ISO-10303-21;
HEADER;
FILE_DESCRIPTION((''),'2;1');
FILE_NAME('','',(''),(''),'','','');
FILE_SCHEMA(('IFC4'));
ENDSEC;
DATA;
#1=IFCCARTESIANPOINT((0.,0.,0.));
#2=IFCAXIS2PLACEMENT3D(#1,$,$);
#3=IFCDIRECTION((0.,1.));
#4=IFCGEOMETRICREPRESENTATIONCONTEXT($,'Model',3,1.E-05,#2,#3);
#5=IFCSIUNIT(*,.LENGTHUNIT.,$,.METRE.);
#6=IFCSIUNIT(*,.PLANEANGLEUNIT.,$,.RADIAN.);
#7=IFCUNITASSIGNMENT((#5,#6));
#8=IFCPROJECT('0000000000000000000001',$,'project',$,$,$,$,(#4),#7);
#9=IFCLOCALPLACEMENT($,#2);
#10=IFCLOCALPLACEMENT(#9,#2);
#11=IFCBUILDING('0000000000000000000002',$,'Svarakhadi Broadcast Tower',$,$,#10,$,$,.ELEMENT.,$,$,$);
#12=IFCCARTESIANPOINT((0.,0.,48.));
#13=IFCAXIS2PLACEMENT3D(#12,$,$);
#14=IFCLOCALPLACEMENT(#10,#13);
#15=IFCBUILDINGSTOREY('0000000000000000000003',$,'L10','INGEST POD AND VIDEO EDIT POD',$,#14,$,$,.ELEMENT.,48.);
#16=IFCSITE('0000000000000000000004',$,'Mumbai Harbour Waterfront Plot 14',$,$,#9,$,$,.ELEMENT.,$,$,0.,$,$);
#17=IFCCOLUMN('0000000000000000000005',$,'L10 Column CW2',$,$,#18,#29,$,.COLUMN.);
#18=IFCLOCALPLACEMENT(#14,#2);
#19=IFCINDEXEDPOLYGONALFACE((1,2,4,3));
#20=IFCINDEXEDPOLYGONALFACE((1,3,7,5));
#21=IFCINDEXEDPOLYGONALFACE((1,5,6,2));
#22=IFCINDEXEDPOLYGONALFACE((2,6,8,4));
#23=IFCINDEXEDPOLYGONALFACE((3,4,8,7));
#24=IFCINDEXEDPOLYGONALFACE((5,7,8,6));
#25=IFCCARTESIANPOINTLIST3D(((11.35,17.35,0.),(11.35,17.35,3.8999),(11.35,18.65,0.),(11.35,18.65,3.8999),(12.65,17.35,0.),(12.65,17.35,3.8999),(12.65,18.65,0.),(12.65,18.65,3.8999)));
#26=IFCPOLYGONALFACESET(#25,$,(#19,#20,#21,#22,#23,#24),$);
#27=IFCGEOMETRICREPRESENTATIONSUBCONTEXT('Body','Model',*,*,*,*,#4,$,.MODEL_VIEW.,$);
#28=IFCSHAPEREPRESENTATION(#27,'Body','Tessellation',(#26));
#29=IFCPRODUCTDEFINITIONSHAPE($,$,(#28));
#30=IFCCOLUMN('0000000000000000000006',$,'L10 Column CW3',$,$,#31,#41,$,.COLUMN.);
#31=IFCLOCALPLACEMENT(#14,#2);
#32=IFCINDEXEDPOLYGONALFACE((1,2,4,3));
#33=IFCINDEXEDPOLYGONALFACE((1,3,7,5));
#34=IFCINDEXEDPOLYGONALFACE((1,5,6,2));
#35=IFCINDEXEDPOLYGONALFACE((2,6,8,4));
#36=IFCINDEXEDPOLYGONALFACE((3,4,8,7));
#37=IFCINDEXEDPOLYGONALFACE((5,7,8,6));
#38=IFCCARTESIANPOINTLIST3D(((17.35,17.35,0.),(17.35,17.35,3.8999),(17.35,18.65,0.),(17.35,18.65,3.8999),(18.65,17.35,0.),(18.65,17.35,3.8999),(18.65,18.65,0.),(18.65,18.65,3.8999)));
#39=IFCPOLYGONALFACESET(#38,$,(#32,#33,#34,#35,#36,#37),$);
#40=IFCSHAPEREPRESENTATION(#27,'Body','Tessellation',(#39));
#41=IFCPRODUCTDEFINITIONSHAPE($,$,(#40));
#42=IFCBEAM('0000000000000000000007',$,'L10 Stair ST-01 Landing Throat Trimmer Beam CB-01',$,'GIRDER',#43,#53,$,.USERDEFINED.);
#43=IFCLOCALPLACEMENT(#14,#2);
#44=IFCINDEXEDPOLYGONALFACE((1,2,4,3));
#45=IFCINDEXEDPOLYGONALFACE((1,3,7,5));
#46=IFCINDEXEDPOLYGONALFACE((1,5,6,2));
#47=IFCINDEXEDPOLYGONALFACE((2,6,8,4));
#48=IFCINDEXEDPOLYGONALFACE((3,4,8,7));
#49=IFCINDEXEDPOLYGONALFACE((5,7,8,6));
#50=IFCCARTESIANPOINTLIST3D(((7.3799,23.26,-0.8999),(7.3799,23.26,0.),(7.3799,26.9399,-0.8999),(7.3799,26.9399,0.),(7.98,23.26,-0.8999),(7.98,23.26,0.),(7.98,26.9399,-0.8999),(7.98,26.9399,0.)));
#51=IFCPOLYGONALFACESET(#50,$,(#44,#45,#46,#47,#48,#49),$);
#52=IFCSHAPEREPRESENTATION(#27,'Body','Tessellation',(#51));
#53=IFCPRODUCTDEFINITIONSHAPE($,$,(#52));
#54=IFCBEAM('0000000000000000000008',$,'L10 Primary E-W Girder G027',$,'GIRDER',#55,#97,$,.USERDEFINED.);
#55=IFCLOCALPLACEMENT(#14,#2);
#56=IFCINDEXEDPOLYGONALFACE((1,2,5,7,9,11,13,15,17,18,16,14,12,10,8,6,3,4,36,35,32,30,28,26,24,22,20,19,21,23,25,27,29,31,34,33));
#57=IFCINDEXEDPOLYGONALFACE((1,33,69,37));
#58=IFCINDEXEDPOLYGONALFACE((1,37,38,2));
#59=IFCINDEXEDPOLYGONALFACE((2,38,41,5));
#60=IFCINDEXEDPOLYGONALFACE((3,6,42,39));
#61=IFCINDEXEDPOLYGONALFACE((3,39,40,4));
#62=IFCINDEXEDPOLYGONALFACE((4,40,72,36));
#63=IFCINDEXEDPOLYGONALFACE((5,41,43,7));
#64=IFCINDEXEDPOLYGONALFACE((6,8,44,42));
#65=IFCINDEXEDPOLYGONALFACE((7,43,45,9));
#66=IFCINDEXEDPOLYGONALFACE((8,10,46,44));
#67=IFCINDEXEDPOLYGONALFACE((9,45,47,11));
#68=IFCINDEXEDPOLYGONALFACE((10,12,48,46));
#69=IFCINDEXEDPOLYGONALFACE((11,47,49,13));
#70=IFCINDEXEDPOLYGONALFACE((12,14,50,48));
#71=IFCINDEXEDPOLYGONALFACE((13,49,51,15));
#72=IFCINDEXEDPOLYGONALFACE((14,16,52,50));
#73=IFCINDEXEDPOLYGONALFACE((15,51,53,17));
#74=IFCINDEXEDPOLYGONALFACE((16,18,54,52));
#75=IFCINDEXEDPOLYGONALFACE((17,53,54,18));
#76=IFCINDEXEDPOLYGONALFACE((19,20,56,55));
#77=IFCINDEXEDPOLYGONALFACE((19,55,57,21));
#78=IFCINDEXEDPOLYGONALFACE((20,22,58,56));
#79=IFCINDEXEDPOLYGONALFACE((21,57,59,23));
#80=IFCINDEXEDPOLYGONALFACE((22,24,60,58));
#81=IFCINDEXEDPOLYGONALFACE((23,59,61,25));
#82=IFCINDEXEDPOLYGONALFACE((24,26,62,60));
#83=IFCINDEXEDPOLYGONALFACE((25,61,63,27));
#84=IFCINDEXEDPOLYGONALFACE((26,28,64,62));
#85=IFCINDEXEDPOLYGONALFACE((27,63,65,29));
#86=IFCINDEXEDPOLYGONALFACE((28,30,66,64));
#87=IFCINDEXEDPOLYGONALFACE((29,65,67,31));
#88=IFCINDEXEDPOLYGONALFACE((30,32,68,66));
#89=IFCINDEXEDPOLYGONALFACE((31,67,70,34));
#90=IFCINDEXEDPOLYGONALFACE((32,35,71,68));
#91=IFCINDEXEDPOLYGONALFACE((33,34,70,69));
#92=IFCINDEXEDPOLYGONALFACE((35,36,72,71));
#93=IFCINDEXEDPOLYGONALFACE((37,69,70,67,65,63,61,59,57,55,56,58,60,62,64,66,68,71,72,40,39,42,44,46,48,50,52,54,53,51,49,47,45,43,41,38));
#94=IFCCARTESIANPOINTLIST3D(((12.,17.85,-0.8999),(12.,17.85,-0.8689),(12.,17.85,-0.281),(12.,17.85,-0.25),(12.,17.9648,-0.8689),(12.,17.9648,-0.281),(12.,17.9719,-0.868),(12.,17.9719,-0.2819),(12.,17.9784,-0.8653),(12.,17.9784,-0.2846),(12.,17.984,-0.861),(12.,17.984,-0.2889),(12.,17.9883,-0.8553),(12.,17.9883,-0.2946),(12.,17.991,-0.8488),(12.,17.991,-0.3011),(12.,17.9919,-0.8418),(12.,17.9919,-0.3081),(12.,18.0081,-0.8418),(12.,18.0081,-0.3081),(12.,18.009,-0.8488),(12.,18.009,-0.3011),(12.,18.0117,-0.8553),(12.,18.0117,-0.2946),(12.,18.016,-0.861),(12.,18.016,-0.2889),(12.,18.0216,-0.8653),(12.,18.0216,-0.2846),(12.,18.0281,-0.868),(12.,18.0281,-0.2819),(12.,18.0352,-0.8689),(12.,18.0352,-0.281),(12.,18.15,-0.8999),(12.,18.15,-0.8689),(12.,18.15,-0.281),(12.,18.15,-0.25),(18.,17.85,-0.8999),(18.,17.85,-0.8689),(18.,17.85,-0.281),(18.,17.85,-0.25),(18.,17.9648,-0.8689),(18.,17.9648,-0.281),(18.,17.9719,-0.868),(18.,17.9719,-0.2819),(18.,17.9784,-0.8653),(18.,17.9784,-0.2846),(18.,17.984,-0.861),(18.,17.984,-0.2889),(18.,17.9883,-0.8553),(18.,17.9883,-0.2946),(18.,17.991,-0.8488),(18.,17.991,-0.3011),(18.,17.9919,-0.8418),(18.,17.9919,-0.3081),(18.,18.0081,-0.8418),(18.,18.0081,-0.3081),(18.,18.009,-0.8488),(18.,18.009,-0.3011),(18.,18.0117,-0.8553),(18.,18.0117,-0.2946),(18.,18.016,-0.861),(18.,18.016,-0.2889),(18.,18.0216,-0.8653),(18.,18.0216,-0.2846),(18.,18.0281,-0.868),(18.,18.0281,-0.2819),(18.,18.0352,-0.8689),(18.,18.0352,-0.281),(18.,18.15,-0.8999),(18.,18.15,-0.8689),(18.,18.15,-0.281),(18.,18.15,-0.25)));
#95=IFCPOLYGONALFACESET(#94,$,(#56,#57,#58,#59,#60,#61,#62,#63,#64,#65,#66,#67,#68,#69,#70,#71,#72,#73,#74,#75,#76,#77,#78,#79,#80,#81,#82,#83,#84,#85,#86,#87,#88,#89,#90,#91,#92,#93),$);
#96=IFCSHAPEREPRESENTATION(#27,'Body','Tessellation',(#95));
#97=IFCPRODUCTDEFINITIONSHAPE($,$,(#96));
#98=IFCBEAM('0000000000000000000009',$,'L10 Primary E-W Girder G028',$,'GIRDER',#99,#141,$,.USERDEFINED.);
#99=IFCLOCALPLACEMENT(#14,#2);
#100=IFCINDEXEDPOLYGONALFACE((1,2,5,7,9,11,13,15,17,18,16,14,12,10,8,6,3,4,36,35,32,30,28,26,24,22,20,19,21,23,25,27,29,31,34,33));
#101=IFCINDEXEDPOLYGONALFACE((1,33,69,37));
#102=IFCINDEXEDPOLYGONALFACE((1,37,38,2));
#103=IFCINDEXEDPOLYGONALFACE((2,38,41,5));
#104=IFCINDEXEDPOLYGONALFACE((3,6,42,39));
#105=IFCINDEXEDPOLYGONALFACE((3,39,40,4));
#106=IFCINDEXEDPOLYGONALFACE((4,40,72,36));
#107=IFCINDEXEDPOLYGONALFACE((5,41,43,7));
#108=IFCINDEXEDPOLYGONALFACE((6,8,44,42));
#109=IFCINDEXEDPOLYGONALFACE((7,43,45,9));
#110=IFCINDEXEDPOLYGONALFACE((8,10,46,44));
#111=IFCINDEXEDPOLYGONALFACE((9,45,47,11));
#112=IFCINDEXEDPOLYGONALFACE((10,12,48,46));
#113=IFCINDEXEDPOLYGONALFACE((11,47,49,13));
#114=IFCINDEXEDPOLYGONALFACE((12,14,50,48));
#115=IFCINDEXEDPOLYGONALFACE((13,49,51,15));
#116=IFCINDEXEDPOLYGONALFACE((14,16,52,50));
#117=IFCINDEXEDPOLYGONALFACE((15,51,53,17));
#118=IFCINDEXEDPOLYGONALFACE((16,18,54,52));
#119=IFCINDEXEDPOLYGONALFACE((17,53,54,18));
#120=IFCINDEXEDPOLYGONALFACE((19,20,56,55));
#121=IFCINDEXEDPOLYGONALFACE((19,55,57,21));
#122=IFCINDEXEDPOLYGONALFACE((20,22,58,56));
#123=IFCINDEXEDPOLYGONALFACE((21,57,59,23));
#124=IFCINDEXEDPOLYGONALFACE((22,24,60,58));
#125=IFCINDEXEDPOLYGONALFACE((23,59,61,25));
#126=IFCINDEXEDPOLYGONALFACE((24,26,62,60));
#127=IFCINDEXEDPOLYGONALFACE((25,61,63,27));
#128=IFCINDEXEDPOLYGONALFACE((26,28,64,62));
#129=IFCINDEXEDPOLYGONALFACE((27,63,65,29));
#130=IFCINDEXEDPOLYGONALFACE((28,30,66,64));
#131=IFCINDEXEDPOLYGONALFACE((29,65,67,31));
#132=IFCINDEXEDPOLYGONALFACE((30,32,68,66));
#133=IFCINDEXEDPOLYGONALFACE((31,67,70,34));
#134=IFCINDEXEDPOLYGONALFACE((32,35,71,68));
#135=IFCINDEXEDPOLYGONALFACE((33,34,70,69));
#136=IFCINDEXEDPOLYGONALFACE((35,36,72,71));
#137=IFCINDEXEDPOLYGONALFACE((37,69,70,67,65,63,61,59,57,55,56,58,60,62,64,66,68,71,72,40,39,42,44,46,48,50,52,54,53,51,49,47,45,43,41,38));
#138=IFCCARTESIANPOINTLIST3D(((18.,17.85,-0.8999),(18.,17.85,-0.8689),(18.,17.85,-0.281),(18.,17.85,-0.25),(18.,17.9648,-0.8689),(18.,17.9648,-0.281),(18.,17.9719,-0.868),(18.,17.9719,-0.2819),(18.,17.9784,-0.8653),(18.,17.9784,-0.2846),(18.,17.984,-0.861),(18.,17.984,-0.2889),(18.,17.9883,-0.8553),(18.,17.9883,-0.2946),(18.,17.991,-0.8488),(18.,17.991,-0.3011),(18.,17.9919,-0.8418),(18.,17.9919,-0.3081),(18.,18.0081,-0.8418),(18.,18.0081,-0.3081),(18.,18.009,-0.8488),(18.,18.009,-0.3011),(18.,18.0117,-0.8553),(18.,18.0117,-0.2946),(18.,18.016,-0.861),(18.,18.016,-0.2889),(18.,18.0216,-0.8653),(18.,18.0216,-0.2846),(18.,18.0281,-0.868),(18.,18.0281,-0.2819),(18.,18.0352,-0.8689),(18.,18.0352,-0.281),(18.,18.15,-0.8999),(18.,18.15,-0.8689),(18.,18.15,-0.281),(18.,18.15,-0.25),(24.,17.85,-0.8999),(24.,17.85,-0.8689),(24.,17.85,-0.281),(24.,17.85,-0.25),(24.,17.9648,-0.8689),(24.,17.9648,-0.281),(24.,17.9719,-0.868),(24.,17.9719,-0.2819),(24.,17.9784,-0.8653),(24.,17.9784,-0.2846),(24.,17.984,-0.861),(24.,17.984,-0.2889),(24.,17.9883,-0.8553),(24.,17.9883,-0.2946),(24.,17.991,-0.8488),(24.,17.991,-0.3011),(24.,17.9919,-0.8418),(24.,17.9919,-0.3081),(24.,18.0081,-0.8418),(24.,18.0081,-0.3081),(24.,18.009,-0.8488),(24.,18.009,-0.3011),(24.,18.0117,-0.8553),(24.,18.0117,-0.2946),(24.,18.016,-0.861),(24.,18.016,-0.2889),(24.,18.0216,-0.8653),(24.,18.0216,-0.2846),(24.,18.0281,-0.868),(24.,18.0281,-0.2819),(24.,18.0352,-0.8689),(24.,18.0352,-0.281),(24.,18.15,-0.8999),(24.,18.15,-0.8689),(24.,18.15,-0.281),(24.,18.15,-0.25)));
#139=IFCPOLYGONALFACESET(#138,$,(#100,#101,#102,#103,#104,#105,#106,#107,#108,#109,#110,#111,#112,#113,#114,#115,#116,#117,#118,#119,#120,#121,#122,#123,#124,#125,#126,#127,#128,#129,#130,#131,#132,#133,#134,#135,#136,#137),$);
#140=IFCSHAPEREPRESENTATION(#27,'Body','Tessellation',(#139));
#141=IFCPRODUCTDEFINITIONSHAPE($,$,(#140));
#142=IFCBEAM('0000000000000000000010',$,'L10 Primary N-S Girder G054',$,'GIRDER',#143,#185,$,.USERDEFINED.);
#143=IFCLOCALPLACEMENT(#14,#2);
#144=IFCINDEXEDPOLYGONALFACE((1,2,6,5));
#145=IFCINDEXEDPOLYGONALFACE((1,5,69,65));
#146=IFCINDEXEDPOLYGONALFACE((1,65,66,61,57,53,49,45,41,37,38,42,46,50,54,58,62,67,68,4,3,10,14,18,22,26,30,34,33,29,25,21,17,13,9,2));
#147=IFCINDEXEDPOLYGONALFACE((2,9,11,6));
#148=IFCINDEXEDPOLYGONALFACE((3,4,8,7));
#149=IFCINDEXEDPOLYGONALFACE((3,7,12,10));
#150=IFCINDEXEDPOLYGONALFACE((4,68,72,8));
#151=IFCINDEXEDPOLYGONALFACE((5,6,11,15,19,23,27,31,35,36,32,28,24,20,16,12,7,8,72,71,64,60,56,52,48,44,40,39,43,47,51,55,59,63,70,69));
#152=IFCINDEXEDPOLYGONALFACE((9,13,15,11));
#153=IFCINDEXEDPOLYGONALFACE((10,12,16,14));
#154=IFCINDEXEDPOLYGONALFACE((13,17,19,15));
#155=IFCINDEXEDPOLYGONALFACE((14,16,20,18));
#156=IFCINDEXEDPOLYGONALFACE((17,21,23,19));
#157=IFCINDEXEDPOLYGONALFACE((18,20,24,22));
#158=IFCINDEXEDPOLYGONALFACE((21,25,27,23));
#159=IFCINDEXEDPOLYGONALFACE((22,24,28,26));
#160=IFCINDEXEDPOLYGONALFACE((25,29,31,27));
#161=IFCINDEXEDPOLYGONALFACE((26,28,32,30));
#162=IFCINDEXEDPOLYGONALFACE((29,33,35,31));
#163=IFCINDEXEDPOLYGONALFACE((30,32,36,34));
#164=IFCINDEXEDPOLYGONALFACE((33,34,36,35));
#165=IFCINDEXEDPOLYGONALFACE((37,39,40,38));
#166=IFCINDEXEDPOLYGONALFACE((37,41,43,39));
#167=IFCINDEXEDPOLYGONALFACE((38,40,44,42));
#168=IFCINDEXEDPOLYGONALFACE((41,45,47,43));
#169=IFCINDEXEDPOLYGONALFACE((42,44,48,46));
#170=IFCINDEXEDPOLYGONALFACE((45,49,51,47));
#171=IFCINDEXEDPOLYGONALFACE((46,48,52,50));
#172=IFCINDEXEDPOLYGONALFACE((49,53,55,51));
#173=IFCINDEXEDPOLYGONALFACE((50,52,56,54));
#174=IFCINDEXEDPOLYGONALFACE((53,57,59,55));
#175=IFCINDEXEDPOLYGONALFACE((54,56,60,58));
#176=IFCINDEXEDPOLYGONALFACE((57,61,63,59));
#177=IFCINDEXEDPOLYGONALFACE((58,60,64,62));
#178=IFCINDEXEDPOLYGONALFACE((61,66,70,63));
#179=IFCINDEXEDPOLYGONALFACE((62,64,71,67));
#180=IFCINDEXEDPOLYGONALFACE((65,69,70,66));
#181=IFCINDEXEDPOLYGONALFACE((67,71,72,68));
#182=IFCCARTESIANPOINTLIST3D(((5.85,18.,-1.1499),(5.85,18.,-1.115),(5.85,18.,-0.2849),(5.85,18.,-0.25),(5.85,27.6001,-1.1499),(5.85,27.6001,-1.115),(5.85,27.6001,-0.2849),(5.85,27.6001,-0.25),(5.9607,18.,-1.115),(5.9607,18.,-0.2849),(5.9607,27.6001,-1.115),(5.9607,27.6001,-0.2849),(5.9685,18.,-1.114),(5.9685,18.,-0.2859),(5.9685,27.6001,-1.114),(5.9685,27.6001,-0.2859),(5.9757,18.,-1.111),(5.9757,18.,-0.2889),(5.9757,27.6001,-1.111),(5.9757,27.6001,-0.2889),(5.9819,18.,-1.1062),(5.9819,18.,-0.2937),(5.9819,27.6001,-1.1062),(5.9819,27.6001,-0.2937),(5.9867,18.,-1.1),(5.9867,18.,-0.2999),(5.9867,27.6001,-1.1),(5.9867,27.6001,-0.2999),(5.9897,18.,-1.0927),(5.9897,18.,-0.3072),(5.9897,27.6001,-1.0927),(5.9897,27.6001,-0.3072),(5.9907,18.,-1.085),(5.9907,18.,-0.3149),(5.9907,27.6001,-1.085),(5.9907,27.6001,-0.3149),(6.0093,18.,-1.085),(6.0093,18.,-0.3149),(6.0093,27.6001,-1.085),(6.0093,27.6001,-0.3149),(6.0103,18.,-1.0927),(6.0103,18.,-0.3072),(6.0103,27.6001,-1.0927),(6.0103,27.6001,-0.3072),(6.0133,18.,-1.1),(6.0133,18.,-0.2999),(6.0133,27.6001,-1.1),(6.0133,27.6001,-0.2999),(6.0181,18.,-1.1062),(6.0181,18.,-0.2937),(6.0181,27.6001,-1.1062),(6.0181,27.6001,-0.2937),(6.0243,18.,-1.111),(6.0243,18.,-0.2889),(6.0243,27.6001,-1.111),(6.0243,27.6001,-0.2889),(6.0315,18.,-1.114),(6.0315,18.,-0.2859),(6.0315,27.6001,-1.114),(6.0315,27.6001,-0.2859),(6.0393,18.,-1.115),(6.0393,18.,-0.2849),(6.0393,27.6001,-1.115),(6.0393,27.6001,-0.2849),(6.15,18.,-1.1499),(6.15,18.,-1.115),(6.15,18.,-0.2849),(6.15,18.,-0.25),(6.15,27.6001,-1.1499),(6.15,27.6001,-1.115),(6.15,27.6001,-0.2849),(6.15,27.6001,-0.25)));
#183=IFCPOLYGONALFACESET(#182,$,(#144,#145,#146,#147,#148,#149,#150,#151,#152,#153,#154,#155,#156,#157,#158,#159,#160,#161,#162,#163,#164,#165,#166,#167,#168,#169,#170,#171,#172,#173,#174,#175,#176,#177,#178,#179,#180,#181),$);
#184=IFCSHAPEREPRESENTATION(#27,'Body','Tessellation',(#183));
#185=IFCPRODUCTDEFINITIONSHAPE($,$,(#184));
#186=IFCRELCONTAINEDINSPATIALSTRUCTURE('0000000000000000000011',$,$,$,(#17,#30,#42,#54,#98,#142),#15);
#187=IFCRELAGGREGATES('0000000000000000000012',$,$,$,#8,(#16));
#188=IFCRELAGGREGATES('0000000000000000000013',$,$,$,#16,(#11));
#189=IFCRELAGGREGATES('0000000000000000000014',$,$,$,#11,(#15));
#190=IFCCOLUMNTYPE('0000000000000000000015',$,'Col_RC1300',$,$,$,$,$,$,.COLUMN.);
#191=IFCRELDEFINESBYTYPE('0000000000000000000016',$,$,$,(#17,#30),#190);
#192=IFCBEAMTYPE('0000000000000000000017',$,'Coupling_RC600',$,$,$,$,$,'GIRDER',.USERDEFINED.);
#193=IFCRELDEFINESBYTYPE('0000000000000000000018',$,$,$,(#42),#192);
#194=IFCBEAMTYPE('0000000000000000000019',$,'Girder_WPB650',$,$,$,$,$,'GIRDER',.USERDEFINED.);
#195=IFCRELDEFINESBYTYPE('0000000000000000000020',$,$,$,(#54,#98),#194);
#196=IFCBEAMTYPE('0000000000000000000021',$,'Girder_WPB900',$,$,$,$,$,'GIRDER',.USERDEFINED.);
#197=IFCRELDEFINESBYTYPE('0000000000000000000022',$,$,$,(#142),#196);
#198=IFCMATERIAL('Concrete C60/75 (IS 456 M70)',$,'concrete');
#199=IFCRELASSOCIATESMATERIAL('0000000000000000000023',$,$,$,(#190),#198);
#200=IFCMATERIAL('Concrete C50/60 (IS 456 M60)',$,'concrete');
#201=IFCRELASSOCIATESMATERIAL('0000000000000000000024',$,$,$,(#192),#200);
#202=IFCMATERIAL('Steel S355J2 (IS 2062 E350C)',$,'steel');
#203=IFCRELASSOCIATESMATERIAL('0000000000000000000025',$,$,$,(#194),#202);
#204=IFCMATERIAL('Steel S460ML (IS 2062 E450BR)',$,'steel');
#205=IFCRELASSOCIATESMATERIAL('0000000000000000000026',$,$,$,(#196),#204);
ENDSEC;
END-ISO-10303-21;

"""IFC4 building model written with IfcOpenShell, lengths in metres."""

from ifc_helpers import new_model, si_unit, direction, frame, origin, origin_2d, place, context, subcontext, project, spatial, rectangle, i_section, extrude, material, material_profile, profile_set, type_object, element, save


model = new_model("IFC4")

# Units and contexts
model_context = context("Model", 3, precision=1e-05, world=origin(), true_north=direction((0.0, 1.0)))
body_context = subcontext(model_context, "Body", "Model", "MODEL_VIEW")
ifc_project = project(units=[si_unit("LENGTHUNIT", "METRE"), si_unit("PLANEANGLEUNIT", "RADIAN")], contexts=[model_context])

# Site, building, storey
site_placement = place(None, origin())
site = spatial("IfcSite", under=ifc_project, at=site_placement, Name="Mumbai Harbour Waterfront Plot 14", CompositionType="ELEMENT", RefElevation=0.0)
building_placement = place(site_placement, origin())
building = spatial("IfcBuilding", under=site, at=building_placement, Name="Svarakhadi Broadcast Tower", CompositionType="ELEMENT")
storey_placement = place(building_placement, frame((0.0, 0.0, 48.0)))
storey = spatial("IfcBuildingStorey", under=building, at=storey_placement, Name="L10", Description="INGEST POD AND VIDEO EDIT POD", CompositionType="ELEMENT", Elevation=48.0)

# Columns
ifc_material_1 = material(Name="Concrete C60/75 (IS 456 M70)", Category="concrete")
ifc_material_profile_1 = material_profile(ifc_material_1, rectangle(XDim=1.3, YDim=1.3, at=origin_2d()), Name="RC 1300x1300")
ifc_profile_set_1 = profile_set([ifc_material_profile_1], Name="Concrete C60/75 (IS 456 M70)")
column_type = type_object("IfcColumnType", Name="Col_RC1300", PredefinedType="COLUMN", material=ifc_profile_set_1)
for number, where, z_axis, x_axis, name in (
    (1, (12.0, 18.0, 0.0), (0.0, 0.0, 1.0), (1.0, 0.0, 0.0), "L10 Column CW2"),
    (2, (18.0, 18.0, 0.0), (0.0, 0.0, 1.0), (1.0, 0.0, 0.0), "L10 Column CW3"),
):
    element("IfcColumn", number, at=place(storey_placement, frame(where, z_axis=z_axis, x_axis=x_axis)), inside=storey, type_object=column_type, Name=name, PredefinedType="COLUMN", context=body_context, shape_type="SweptSolid", body=[
        extrude(rectangle(XDim=1.3, YDim=1.3, at=origin_2d()), origin(), (0.0, 0.0, 1.0), 3.8999),
    ])

# Beams
ifc_material_2 = material(Name="Concrete C50/60 (IS 456 M60)", Category="concrete")
ifc_material_profile_2 = material_profile(ifc_material_2, rectangle(XDim=0.6001, YDim=0.8999, at=origin_2d()), Name="RC 600x900")
ifc_profile_set_2 = profile_set([ifc_material_profile_2], Name="Concrete C50/60 (IS 456 M60)")
beam_type_1 = type_object("IfcBeamType", Name="Coupling_RC600", ElementType="GIRDER", PredefinedType="USERDEFINED", material=ifc_profile_set_2)
beam_1_placement = place(storey_placement, frame((7.6799, 23.26, -0.45), z_axis=(0.0, 1.0, 0.0), x_axis=(-1.0, 0.0, 0.0)))
element("IfcBeam", 3, at=beam_1_placement, inside=storey, type_object=beam_type_1, Name="L10 Stair ST-01 Landing Throat Trimmer Beam CB-01", ObjectType="GIRDER", PredefinedType="USERDEFINED", context=body_context, shape_type="SweptSolid", body=[
    extrude(rectangle(XDim=0.6001, YDim=0.8999, at=origin_2d()), origin(), (0.0, 0.0, 1.0), 3.6799),
])
ifc_material_3 = material(Name="Steel S355J2 (IS 2062 E350C)", Category="steel")
ifc_material_profile_3 = material_profile(ifc_material_3, i_section(OverallWidth=0.3, OverallDepth=0.6499, WebThickness=0.0161, FlangeThickness=0.031, FilletRadius=0.0271, at=origin_2d()), Name="WPB 650x300x225")
ifc_profile_set_3 = profile_set([ifc_material_profile_3], Name="Steel S355J2 (IS 2062 E350C)")
beam_type_2 = type_object("IfcBeamType", Name="Girder_WPB650", ElementType="GIRDER", PredefinedType="USERDEFINED", material=ifc_profile_set_3)
for number, where, z_axis, x_axis, name in (
    (4, (12.0, 18.0, -0.575), (1.0, 0.0, 0.0), (0.0, 1.0, 0.0), "L10 Primary E-W Girder G027"),
    (5, (18.0, 18.0, -0.575), (1.0, 0.0, 0.0), (0.0, 1.0, 0.0), "L10 Primary E-W Girder G028"),
):
    element("IfcBeam", number, at=place(storey_placement, frame(where, z_axis=z_axis, x_axis=x_axis)), inside=storey, type_object=beam_type_2, Name=name, ObjectType="GIRDER", PredefinedType="USERDEFINED", context=body_context, shape_type="SweptSolid", body=[
        extrude(i_section(OverallWidth=0.3, OverallDepth=0.6499, WebThickness=0.0161, FlangeThickness=0.031, FilletRadius=0.0271, at=origin_2d()), origin(), (0.0, 0.0, 1.0), 6.0),
    ])
ifc_material_4 = material(Name="Steel S460ML (IS 2062 E450BR)", Category="steel")
ifc_material_profile_4 = material_profile(ifc_material_4, i_section(OverallWidth=0.3, OverallDepth=0.8999, WebThickness=0.0186, FlangeThickness=0.0349, FilletRadius=0.03, at=origin_2d()), Name="WPB 900x300x291")
ifc_profile_set_4 = profile_set([ifc_material_profile_4], Name="Steel S460ML (IS 2062 E450BR)")
beam_type_3 = type_object("IfcBeamType", Name="Girder_WPB900", ElementType="GIRDER", PredefinedType="USERDEFINED", material=ifc_profile_set_4)
beam_2_placement = place(storey_placement, frame((6.0, 18.0, -0.7), z_axis=(0.0, 1.0, 0.0), x_axis=(-1.0, 0.0, 0.0)))
element("IfcBeam", 6, at=beam_2_placement, inside=storey, type_object=beam_type_3, Name="L10 Primary N-S Girder G054", ObjectType="GIRDER", PredefinedType="USERDEFINED", context=body_context, shape_type="SweptSolid", body=[
    extrude(i_section(OverallWidth=0.3, OverallDepth=0.8999, WebThickness=0.0186, FlangeThickness=0.0349, FilletRadius=0.03, at=origin_2d()), origin(), (0.0, 0.0, 1.0), 9.6001),
])

save(model, "model.ifc")
